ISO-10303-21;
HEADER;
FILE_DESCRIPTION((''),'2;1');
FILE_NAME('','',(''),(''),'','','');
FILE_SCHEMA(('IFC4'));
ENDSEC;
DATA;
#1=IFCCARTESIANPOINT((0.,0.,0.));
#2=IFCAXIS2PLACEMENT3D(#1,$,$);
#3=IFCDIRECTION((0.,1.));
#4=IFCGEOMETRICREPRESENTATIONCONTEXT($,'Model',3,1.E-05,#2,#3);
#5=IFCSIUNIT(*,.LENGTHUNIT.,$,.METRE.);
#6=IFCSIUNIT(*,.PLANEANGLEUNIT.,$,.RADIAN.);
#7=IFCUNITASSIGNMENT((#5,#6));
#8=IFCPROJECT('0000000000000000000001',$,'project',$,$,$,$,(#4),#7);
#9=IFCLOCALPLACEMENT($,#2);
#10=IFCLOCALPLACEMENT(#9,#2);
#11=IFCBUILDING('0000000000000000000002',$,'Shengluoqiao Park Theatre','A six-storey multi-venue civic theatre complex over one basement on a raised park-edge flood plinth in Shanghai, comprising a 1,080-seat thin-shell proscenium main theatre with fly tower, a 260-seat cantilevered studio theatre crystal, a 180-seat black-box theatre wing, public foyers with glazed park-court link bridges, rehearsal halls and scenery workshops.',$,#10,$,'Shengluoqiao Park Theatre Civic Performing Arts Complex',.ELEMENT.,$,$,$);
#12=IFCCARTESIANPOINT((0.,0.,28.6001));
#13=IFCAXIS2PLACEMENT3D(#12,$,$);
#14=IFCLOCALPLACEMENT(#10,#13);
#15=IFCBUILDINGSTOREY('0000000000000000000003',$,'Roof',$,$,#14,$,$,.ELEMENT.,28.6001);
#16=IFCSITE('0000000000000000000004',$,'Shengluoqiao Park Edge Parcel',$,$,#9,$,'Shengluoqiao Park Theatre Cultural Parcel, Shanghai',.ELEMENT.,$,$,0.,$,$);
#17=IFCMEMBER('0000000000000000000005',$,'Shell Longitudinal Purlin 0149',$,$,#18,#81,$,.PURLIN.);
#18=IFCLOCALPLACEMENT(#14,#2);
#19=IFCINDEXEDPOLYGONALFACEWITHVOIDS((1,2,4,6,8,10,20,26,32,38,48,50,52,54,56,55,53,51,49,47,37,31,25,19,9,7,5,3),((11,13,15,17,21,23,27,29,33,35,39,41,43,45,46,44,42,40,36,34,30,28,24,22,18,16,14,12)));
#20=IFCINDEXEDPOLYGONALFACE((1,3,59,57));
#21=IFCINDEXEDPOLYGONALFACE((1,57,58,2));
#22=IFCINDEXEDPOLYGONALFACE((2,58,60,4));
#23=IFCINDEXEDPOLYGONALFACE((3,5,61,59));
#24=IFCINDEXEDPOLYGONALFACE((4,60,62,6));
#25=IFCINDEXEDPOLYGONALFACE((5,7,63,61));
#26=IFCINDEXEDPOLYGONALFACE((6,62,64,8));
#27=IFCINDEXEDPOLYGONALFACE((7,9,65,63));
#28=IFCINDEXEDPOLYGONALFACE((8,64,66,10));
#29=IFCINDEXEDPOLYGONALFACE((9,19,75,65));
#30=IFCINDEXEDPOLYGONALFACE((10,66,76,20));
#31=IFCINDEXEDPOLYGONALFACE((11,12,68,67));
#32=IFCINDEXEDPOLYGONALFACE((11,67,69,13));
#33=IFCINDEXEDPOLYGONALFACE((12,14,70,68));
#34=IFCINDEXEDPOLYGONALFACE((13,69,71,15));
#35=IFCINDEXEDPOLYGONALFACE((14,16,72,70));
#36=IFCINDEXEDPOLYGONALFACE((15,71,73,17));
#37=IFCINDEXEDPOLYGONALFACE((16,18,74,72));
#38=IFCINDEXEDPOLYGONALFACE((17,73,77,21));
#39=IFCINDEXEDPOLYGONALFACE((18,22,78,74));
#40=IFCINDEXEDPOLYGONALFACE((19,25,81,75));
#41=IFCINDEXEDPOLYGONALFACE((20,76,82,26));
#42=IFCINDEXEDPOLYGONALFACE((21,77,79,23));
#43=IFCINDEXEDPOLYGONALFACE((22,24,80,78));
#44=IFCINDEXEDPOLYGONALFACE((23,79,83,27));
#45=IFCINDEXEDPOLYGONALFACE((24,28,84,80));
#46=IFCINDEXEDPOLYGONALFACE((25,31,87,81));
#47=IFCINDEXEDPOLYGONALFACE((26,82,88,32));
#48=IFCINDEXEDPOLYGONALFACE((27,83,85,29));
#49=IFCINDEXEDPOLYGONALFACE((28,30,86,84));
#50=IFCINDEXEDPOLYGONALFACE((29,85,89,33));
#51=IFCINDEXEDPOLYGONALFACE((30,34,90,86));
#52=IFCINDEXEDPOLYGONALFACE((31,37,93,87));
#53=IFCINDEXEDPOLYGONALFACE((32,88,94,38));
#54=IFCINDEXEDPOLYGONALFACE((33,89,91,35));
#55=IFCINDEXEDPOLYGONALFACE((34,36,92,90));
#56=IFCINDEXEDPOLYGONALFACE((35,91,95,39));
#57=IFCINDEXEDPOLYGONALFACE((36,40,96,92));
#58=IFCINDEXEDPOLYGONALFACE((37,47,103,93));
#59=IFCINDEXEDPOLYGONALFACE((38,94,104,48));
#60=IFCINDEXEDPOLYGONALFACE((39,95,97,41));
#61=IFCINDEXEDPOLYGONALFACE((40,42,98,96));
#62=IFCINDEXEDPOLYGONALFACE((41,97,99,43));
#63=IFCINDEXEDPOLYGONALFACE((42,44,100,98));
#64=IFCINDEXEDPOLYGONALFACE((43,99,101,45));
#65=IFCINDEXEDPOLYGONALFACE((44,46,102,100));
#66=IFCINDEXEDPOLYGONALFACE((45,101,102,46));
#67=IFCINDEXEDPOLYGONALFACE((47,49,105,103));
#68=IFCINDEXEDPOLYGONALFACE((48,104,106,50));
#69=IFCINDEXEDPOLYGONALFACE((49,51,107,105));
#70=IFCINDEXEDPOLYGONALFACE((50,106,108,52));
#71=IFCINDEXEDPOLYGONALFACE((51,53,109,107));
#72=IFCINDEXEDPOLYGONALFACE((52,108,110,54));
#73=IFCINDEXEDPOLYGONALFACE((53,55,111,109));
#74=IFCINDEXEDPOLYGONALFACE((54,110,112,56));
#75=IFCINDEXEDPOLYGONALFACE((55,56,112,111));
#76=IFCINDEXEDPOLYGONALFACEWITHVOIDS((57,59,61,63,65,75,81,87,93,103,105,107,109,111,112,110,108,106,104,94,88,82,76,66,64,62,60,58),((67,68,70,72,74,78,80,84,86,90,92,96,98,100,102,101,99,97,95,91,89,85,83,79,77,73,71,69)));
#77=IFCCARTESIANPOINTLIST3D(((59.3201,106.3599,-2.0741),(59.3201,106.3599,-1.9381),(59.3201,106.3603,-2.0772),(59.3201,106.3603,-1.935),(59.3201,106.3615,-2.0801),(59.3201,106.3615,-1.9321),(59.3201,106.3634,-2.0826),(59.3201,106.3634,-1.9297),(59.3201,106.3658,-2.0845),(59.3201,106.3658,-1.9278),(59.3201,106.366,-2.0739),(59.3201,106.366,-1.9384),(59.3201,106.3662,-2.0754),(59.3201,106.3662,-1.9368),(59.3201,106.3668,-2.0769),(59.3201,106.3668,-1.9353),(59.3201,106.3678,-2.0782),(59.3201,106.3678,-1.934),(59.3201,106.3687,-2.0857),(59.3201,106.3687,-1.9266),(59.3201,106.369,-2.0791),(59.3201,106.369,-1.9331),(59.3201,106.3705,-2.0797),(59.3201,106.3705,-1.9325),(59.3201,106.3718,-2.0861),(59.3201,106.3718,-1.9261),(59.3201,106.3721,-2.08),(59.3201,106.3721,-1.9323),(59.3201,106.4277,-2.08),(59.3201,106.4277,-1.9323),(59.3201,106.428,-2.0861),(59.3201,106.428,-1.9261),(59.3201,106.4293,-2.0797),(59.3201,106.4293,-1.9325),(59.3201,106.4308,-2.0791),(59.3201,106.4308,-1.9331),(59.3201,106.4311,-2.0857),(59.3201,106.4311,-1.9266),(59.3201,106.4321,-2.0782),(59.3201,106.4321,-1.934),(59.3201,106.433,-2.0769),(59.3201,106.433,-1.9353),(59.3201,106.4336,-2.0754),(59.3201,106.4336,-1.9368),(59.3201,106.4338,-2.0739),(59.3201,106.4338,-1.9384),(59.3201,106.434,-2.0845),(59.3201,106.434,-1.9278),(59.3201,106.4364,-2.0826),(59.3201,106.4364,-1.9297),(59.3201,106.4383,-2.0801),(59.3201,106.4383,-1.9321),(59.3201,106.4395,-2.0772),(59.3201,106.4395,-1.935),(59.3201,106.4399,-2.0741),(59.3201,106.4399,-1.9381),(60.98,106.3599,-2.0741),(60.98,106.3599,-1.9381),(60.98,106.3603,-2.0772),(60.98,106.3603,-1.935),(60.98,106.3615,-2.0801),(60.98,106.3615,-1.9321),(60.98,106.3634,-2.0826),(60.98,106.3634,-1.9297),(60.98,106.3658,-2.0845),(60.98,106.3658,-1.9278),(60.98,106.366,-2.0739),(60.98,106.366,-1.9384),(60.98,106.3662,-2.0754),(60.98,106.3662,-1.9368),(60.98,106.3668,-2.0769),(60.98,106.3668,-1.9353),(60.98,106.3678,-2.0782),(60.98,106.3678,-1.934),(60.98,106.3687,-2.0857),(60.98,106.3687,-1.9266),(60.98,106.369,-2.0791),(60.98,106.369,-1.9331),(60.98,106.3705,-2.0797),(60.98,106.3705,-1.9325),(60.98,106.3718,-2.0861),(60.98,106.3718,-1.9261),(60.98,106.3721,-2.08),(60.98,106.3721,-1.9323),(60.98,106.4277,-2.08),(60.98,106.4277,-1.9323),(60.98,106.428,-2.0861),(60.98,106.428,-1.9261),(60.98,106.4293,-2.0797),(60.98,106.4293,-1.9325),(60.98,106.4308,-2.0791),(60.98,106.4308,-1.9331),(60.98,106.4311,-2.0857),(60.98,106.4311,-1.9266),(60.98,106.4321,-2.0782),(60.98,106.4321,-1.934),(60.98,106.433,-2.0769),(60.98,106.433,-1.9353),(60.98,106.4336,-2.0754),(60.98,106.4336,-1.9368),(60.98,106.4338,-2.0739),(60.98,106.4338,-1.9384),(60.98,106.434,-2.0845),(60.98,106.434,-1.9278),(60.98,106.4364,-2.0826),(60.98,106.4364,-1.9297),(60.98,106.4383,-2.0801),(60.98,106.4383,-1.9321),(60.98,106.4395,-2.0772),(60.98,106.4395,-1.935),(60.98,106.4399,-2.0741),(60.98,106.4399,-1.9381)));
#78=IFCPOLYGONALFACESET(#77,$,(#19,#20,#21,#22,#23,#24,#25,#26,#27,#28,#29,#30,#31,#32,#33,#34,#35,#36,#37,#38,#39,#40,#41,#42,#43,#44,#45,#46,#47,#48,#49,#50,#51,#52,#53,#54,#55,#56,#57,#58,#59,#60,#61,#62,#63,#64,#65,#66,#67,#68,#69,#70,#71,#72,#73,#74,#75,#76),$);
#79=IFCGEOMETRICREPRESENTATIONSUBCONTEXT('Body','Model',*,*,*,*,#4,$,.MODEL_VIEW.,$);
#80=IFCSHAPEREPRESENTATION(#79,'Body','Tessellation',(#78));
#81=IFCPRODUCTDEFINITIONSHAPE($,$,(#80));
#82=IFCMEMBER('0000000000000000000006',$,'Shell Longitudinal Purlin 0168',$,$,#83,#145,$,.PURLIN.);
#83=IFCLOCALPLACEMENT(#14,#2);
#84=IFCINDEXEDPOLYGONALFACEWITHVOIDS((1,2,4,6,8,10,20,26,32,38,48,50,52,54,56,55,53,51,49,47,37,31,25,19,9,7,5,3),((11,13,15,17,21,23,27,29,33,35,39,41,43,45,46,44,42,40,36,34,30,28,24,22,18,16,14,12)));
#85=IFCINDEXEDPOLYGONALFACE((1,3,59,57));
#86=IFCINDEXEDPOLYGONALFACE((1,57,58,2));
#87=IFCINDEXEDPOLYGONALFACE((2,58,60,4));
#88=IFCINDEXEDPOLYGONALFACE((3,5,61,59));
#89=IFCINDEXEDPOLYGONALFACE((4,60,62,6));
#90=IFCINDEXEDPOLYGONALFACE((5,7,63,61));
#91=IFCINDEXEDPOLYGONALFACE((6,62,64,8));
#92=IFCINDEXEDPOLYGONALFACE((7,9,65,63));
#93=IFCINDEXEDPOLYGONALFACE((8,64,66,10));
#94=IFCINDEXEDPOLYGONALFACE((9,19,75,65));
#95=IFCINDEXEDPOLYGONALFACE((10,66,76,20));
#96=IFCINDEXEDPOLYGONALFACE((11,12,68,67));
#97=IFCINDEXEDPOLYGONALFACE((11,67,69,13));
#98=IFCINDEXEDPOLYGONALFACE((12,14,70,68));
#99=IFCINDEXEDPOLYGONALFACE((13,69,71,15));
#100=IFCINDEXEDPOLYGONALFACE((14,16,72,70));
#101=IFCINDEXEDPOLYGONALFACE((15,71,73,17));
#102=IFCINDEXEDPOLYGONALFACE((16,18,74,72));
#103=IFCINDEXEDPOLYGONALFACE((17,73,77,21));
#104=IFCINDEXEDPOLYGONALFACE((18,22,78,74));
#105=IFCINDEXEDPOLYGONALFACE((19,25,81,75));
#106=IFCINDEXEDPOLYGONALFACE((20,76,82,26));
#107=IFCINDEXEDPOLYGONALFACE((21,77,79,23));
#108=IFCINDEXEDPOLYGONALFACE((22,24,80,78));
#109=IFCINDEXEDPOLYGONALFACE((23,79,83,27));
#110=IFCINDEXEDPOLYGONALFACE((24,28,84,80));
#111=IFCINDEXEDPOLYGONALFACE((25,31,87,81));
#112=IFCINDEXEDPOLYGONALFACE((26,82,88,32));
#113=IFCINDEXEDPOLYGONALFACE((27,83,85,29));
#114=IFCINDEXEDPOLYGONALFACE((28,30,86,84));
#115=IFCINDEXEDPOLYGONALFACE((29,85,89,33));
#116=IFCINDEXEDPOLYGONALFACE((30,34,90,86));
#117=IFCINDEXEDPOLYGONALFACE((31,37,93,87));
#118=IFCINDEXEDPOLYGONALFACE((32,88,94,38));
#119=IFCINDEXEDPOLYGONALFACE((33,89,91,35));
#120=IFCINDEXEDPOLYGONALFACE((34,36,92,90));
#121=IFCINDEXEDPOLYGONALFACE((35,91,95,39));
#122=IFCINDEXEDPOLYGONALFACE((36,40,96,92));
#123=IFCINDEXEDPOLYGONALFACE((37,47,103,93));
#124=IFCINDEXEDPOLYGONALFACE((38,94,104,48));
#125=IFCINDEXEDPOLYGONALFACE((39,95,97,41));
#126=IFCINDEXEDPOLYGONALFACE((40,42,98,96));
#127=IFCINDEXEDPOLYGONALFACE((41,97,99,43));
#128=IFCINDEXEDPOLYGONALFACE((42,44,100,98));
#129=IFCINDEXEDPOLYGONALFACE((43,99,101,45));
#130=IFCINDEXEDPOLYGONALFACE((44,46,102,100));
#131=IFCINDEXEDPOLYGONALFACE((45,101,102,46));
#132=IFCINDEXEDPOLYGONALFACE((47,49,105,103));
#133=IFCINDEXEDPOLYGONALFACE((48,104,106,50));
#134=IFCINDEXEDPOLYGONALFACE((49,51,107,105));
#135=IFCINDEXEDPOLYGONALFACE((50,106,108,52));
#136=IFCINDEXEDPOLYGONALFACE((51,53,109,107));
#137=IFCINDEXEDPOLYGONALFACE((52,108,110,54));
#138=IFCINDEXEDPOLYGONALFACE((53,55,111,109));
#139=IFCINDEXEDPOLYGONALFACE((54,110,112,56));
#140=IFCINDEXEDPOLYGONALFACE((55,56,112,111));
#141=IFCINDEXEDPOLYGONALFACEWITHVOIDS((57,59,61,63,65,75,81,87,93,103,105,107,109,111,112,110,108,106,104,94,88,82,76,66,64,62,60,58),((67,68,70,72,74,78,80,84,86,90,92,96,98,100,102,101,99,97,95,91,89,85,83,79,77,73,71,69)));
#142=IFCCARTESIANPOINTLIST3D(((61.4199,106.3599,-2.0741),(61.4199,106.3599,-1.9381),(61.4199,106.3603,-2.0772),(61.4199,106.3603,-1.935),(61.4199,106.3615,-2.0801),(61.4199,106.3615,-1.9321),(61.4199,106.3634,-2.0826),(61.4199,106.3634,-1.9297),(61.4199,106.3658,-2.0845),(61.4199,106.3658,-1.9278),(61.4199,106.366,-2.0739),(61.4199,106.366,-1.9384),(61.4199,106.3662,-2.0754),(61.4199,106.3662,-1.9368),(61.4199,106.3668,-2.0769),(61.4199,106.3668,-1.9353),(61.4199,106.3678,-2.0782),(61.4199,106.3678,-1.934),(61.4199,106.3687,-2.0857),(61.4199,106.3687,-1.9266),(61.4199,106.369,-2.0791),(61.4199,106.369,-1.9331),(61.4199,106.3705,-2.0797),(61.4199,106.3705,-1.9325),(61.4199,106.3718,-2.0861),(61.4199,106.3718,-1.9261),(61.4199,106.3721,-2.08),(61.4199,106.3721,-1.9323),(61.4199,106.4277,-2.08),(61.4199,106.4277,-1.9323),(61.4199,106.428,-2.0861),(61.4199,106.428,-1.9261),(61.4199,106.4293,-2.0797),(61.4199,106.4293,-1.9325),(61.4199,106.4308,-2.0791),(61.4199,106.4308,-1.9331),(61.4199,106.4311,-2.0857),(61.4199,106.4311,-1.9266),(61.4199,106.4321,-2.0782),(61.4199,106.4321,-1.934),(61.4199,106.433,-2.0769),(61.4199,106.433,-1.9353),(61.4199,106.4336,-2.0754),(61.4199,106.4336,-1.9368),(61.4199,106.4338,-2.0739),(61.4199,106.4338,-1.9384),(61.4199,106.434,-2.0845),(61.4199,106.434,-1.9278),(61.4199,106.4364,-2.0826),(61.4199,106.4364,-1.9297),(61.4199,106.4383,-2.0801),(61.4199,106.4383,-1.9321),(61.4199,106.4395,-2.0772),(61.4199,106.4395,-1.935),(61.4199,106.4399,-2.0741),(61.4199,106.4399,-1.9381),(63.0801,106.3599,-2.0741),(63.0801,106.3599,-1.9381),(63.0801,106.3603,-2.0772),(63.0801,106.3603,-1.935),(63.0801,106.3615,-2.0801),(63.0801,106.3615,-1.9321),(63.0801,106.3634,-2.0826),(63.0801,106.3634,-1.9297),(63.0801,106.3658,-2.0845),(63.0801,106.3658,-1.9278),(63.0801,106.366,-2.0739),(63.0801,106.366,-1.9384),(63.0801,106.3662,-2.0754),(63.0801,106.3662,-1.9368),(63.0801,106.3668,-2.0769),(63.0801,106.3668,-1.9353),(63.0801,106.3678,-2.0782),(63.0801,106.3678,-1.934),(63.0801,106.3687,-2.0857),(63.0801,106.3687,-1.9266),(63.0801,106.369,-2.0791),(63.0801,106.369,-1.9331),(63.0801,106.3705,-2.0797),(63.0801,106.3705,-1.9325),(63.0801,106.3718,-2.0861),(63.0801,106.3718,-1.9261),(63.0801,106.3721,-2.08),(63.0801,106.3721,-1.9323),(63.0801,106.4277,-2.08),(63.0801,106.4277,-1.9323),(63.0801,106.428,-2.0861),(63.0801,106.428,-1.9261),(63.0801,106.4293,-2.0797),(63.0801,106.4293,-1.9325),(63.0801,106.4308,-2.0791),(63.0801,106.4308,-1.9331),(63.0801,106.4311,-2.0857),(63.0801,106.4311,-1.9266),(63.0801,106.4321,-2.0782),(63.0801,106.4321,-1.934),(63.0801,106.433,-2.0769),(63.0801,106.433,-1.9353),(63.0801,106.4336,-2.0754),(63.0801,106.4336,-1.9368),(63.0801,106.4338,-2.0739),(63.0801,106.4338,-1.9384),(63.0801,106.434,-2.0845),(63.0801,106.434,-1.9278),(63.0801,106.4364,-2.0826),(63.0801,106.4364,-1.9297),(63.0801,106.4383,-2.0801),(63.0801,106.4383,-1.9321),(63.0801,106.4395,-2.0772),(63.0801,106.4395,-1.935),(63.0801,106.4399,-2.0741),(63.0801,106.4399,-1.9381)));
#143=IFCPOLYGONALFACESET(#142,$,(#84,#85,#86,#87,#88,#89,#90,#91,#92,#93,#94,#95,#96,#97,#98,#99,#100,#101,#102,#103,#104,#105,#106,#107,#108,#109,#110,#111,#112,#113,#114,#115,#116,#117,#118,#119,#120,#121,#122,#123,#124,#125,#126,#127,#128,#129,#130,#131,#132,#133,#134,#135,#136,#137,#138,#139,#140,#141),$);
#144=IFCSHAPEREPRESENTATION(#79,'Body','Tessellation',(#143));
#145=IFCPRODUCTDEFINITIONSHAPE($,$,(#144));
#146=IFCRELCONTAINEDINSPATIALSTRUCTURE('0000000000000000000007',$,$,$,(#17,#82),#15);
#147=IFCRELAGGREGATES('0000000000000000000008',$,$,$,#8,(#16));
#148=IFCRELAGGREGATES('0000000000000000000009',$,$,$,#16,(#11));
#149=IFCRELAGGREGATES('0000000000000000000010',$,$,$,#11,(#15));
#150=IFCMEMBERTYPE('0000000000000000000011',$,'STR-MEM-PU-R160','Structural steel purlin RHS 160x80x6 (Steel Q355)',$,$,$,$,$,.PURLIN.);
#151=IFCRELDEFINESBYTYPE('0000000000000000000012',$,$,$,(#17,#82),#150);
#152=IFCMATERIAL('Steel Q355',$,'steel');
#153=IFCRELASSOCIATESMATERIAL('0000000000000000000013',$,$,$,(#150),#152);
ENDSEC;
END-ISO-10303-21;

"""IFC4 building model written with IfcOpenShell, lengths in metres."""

from ifc_helpers import new_model, si_unit, direction, frame, origin, origin_2d, place, context, subcontext, project, spatial, hollow_rectangle, extrude, material, material_profile, profile_set, type_object, element, save


model = new_model("IFC4")

# Units and contexts
model_context = context("Model", 3, precision=1e-05, world=origin(), true_north=direction((0.0, 1.0)))
body_context = subcontext(model_context, "Body", "Model", "MODEL_VIEW")
ifc_project = project(units=[si_unit("LENGTHUNIT", "METRE"), si_unit("PLANEANGLEUNIT", "RADIAN")], contexts=[model_context])

# Site, building, storey
site_placement = place(None, origin())
site = spatial("IfcSite", under=ifc_project, at=site_placement, Name="Shengluoqiao Park Edge Parcel", LongName="Shengluoqiao Park Theatre Cultural Parcel, Shanghai", CompositionType="ELEMENT", RefElevation=0.0)
building_placement = place(site_placement, origin())
building = spatial("IfcBuilding", under=site, at=building_placement, Name="Shengluoqiao Park Theatre", Description="A six-storey multi-venue civic theatre complex over one basement on a raised park-edge flood plinth in Shanghai, comprising a 1,080-seat thin-shell proscenium main theatre with fly tower, a 260-seat cantilevered studio theatre crystal, a 180-seat black-box theatre wing, public foyers with glazed park-court link bridges, rehearsal halls and scenery workshops.", LongName="Shengluoqiao Park Theatre Civic Performing Arts Complex", CompositionType="ELEMENT")
storey_placement = place(building_placement, frame((0.0, 0.0, 28.6001)))
storey = spatial("IfcBuildingStorey", under=building, at=storey_placement, Name="Roof", CompositionType="ELEMENT", Elevation=28.6001)

# Shared definitions
ifc_material_1 = material(Name="Steel Q355", Category="steel")

# Members
ifc_material_profile_1 = material_profile(ifc_material_1, hollow_rectangle(XDim=0.0801, YDim=0.1599, WallThickness=0.0061, InnerFilletRadius=0.0061, OuterFilletRadius=0.012, at=origin_2d()), Name="RHS 160x80x6")
ifc_profile_set_1 = profile_set([ifc_material_profile_1], Name="Steel Q355")
member_type_1 = type_object("IfcMemberType", Name="STR-MEM-PU-R160", Description="Structural steel purlin RHS 160x80x6 (Steel Q355)", PredefinedType="PURLIN", material=ifc_profile_set_1)
member_1_placement = place(storey_placement, frame((59.3201, 106.3999, -2.0061), z_axis=(1.0, 0.0, 0.0), x_axis=(0.0, 1.0, 0.0)))
element("IfcMember", 1, at=member_1_placement, inside=storey, type_object=member_type_1, Name="Shell Longitudinal Purlin 0149", PredefinedType="PURLIN", context=body_context, shape_type="SweptSolid", body=[
    extrude(hollow_rectangle(XDim=0.0801, YDim=0.1599, WallThickness=0.0061, InnerFilletRadius=0.0061, OuterFilletRadius=0.012, at=origin_2d()), origin(), (0.0, 0.0, 1.0), 1.6599),
])
member_2_placement = place(storey_placement, frame((61.4199, 106.3999, -2.0061), z_axis=(1.0, 0.0, 0.0), x_axis=(0.0, 1.0, 0.0)))
element("IfcMember", 2, at=member_2_placement, inside=storey, type_object=member_type_1, Name="Shell Longitudinal Purlin 0168", PredefinedType="PURLIN", context=body_context, shape_type="SweptSolid", body=[
    extrude(hollow_rectangle(XDim=0.0801, YDim=0.1599, WallThickness=0.0061, InnerFilletRadius=0.0061, OuterFilletRadius=0.012, at=origin_2d()), origin(), (0.0, 0.0, 1.0), 1.6602),
])

save(model, "model.ifc")
